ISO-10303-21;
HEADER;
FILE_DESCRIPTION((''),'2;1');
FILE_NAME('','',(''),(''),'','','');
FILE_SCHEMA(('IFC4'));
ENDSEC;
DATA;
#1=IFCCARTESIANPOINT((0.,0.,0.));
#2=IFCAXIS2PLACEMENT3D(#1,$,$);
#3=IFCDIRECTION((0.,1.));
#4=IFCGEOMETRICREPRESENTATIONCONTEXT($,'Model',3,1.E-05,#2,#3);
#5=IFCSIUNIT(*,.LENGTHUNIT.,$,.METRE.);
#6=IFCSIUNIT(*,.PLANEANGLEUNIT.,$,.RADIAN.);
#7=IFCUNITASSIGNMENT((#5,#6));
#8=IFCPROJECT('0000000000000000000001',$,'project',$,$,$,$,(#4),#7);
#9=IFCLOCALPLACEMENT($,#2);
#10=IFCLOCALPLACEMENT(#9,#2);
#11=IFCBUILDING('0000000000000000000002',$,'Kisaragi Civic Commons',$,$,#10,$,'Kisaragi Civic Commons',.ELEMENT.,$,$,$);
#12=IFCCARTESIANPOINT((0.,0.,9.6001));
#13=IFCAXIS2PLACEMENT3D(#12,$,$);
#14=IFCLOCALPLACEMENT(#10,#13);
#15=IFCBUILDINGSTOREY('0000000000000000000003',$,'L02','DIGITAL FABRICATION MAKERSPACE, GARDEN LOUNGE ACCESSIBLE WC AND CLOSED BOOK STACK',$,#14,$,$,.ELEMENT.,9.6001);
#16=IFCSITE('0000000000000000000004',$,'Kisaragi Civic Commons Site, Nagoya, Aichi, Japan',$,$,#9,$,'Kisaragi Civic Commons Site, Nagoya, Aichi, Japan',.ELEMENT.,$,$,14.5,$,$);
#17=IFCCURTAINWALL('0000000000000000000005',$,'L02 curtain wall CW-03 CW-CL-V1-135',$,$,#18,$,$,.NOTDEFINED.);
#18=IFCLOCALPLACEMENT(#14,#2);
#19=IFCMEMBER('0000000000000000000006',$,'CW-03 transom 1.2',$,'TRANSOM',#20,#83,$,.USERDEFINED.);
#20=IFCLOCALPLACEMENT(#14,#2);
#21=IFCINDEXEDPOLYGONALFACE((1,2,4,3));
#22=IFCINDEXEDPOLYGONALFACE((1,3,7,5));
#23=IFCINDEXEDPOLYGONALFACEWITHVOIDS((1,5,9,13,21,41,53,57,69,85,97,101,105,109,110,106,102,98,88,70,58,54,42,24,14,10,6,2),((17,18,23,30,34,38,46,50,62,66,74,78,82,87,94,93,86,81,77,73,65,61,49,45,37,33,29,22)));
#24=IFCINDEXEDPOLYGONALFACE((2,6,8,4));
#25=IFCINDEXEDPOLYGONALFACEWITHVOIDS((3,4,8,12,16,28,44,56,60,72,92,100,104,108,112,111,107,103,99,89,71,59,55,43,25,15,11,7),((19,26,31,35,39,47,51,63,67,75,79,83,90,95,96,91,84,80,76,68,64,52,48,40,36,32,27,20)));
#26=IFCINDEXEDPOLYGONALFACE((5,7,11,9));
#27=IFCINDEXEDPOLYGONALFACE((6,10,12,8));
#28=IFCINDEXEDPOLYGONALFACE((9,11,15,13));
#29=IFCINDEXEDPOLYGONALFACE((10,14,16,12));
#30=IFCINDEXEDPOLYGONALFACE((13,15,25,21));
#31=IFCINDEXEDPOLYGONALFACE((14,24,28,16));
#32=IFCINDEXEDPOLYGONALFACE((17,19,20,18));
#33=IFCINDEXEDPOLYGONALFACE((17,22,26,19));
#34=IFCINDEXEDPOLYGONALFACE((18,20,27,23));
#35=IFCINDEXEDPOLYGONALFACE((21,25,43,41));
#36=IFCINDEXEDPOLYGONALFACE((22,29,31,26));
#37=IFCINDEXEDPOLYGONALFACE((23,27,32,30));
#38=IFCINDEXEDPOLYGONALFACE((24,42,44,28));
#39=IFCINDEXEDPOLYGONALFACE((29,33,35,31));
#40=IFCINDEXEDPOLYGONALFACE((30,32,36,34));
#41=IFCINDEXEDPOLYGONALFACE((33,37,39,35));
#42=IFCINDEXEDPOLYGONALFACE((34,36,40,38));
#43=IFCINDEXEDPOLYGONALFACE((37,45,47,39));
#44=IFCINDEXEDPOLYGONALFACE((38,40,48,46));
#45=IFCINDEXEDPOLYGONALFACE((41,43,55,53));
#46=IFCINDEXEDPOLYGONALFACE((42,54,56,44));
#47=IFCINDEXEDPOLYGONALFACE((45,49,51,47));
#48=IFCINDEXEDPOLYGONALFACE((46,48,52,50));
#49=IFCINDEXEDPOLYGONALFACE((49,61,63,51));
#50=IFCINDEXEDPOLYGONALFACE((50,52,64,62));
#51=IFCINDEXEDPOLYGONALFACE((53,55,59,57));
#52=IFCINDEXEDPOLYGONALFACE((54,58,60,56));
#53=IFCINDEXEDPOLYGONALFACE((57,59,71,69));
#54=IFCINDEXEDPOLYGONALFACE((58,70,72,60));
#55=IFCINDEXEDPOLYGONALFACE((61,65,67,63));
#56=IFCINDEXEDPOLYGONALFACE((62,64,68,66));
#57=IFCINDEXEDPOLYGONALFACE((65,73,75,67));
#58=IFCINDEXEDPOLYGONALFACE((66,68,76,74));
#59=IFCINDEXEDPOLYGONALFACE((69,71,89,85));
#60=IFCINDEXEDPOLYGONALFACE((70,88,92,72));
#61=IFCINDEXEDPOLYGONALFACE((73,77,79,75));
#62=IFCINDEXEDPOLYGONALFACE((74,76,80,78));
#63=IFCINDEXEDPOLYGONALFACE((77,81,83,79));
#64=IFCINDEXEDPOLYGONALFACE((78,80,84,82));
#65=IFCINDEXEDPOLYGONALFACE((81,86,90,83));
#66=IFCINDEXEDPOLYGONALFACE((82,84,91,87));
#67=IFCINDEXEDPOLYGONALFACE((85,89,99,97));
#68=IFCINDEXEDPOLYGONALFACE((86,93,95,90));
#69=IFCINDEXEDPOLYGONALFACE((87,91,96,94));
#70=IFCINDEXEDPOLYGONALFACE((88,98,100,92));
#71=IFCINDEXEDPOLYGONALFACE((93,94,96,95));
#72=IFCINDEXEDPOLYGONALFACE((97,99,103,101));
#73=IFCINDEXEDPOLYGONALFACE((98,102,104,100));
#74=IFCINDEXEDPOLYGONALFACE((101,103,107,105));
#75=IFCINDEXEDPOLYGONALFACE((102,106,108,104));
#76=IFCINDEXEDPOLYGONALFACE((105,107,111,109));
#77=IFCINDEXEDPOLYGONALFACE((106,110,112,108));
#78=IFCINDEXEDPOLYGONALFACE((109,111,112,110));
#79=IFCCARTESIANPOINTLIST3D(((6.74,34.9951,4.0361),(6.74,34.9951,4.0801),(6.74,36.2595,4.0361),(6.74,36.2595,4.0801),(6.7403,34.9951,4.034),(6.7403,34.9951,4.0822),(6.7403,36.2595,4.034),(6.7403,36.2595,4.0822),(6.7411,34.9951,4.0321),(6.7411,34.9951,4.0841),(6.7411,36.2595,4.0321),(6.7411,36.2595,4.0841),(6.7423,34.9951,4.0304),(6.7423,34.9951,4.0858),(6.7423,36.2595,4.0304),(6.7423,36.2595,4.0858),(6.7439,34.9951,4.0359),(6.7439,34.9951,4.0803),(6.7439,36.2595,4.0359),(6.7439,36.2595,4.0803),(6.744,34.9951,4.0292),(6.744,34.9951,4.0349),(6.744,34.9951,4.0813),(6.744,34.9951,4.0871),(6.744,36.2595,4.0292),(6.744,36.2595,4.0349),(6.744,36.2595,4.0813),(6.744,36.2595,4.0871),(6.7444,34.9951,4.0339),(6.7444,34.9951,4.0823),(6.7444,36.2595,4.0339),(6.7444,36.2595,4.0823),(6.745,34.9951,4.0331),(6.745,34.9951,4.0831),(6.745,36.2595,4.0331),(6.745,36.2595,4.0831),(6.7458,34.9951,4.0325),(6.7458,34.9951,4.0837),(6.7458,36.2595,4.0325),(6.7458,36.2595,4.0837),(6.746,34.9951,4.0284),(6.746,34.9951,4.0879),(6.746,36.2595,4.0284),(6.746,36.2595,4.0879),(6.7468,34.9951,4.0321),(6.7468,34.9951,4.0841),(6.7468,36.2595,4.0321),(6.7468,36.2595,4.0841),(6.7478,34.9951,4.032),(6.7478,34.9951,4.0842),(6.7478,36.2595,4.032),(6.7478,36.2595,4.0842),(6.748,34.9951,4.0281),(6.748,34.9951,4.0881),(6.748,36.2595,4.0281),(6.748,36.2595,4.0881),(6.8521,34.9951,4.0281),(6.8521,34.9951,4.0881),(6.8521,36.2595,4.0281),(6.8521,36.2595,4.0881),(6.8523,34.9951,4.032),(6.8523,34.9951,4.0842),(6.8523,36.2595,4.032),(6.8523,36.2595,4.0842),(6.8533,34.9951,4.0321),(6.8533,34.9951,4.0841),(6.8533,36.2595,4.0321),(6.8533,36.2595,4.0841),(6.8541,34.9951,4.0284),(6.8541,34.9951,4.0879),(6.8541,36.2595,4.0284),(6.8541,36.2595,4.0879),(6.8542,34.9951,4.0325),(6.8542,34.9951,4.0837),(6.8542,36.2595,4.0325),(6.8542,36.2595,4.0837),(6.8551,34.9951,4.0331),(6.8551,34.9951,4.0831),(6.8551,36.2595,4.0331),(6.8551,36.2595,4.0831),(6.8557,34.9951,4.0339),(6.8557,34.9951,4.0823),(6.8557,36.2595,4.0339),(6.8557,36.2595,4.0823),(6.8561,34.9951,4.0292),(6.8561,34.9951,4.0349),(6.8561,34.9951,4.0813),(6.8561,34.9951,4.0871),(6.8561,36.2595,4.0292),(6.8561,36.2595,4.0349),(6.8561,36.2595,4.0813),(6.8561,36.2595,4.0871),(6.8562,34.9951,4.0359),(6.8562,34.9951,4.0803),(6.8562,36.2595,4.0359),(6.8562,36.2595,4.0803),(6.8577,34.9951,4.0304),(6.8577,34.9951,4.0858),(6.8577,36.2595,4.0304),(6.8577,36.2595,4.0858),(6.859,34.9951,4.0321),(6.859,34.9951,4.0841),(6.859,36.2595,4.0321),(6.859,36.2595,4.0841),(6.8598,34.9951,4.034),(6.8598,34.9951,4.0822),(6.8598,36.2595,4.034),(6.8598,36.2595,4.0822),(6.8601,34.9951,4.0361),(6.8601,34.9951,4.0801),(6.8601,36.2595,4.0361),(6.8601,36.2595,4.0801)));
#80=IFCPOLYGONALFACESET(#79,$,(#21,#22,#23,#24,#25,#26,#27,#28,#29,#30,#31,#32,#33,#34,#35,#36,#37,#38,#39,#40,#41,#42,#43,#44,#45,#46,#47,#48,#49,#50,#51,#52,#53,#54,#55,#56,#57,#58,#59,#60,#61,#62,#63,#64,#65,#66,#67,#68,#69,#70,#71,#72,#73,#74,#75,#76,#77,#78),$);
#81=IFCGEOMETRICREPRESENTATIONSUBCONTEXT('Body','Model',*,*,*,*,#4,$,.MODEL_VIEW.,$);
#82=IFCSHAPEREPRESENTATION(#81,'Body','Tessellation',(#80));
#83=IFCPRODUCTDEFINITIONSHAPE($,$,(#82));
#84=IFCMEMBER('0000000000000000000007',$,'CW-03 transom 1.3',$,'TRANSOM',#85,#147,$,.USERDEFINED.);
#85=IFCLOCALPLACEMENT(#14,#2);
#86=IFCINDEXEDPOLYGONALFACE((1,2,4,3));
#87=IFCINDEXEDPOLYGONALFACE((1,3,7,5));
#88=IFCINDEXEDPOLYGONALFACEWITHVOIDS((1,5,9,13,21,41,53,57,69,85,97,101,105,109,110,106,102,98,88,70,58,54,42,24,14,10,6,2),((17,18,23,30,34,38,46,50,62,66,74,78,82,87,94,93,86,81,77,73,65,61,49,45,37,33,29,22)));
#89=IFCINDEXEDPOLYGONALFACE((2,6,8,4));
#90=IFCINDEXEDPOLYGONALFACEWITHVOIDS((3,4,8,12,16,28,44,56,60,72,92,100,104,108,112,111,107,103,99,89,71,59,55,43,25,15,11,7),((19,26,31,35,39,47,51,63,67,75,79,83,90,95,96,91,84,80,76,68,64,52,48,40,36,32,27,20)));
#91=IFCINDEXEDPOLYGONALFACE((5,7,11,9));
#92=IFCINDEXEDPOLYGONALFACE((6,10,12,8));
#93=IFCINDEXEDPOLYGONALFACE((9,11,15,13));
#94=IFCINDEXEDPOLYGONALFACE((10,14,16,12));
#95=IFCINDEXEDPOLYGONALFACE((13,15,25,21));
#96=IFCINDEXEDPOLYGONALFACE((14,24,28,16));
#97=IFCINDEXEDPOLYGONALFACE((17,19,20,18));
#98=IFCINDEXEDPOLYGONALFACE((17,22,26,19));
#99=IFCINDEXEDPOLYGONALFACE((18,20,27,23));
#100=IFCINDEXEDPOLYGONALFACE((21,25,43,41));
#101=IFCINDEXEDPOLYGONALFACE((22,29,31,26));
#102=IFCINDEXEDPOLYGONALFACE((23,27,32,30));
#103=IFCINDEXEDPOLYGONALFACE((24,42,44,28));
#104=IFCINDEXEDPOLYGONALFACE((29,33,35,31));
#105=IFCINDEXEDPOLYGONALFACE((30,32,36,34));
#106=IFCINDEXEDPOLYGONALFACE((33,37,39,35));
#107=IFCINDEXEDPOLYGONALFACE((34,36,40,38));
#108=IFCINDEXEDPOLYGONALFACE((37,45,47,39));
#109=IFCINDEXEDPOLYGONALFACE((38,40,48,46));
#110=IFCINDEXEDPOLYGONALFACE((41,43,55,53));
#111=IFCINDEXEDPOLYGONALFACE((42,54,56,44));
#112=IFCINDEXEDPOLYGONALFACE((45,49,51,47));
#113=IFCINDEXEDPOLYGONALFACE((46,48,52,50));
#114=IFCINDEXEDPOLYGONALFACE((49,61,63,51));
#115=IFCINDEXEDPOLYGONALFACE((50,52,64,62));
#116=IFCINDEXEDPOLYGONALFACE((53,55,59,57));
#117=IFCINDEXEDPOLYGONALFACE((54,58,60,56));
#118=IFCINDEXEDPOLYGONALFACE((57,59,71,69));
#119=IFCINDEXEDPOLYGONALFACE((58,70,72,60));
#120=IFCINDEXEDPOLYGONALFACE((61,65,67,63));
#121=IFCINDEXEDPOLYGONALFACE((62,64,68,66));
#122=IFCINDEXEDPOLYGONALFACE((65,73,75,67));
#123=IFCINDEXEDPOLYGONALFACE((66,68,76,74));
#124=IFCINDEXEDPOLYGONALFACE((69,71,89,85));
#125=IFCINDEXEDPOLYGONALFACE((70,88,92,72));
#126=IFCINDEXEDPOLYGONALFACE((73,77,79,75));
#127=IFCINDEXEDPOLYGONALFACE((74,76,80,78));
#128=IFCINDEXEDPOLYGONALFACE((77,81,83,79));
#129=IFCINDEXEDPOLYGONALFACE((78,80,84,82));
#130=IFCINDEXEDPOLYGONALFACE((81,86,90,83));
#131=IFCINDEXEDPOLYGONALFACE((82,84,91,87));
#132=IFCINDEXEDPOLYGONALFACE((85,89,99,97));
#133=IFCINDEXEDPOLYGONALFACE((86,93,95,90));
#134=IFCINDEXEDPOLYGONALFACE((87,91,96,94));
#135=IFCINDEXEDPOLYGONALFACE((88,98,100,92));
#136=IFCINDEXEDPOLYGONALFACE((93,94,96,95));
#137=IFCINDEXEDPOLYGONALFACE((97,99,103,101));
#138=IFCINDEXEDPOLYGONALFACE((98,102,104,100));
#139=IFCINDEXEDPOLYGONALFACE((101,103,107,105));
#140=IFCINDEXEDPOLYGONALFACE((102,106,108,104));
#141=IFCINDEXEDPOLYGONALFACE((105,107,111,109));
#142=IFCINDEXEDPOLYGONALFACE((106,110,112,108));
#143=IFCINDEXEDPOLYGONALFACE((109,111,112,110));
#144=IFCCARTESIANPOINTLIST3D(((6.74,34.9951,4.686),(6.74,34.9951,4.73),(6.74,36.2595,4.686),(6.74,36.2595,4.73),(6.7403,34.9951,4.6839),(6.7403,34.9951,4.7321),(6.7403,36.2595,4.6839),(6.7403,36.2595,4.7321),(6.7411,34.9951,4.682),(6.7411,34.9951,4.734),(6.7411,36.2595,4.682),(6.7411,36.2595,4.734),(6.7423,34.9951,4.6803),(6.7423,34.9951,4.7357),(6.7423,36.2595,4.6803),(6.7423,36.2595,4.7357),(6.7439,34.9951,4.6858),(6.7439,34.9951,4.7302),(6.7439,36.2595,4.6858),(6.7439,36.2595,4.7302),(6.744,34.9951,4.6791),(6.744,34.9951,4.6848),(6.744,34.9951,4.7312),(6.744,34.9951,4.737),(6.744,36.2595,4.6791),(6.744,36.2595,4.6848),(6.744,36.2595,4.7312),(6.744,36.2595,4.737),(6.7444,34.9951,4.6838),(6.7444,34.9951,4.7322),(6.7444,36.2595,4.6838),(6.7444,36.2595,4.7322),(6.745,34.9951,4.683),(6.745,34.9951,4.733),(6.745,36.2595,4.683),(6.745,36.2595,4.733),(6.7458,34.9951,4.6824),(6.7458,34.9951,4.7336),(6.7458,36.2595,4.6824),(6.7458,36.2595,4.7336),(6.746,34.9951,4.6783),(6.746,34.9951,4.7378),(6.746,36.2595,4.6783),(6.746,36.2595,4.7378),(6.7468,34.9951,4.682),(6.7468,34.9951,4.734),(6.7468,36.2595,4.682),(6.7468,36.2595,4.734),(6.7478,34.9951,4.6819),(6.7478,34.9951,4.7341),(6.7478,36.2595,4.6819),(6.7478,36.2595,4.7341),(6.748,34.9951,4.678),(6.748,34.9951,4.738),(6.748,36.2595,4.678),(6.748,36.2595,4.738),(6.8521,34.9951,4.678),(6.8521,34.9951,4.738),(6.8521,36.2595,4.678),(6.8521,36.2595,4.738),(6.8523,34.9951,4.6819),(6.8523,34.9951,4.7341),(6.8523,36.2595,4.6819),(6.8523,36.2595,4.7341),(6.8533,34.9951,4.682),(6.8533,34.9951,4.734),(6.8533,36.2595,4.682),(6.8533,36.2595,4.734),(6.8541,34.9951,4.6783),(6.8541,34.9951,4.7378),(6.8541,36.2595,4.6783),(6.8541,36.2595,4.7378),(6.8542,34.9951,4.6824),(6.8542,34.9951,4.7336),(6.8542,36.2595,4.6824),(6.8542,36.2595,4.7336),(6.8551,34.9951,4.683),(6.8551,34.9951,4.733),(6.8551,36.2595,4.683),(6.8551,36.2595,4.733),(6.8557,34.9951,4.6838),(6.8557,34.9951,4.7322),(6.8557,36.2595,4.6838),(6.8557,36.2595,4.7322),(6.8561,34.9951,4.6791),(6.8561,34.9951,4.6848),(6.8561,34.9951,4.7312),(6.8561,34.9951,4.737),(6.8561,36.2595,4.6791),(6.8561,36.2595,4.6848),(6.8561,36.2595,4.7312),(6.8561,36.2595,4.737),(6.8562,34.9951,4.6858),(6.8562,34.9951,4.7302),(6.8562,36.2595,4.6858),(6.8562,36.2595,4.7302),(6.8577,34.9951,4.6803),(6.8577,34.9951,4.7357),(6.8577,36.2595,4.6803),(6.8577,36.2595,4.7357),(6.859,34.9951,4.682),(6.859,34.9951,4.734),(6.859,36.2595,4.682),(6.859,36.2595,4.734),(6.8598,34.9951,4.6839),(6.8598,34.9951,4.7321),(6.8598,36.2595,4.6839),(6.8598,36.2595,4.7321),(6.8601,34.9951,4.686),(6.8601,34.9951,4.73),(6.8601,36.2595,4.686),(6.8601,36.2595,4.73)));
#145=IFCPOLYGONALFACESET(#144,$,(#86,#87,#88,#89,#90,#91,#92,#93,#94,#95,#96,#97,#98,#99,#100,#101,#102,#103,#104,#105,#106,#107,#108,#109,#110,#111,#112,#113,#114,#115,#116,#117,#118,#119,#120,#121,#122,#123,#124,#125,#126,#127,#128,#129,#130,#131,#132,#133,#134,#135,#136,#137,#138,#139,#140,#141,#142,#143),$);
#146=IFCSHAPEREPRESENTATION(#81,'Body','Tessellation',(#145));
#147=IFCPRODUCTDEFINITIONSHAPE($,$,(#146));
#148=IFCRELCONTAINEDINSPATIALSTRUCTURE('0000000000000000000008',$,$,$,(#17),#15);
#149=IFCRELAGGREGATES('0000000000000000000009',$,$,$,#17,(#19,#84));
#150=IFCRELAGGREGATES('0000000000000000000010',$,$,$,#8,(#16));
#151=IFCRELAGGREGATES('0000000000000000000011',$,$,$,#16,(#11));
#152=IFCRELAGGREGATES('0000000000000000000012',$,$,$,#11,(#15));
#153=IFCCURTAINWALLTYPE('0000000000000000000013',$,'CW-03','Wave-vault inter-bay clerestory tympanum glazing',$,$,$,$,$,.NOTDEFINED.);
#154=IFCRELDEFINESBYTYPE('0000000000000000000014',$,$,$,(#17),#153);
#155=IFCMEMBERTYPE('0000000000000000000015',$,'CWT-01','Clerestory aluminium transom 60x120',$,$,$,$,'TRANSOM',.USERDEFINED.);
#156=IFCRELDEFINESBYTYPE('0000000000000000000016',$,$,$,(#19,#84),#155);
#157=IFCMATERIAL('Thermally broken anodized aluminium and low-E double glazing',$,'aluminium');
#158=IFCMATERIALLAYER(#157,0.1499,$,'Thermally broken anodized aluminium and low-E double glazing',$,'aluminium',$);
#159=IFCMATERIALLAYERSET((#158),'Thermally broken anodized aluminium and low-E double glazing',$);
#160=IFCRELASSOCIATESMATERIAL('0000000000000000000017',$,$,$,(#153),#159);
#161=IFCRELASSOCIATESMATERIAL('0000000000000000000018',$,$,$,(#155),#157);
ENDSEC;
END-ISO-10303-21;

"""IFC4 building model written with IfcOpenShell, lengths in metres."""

from ifc_helpers import new_model, si_unit, direction, frame, origin, origin_2d, place, context, subcontext, project, spatial, hollow_rectangle, extrude, material, layer, layer_set, material_profile, profile_set, type_object, element, aggregate, save


model = new_model("IFC4")

# Units and contexts
model_context = context("Model", 3, precision=1e-05, world=origin(), true_north=direction((0.0, 1.0)))
body_context = subcontext(model_context, "Body", "Model", "MODEL_VIEW")
ifc_project = project(units=[si_unit("LENGTHUNIT", "METRE"), si_unit("PLANEANGLEUNIT", "RADIAN")], contexts=[model_context])

# Site, building, storey
site_placement = place(None, origin())
site = spatial("IfcSite", under=ifc_project, at=site_placement, Name="Kisaragi Civic Commons Site, Nagoya, Aichi, Japan", LongName="Kisaragi Civic Commons Site, Nagoya, Aichi, Japan", CompositionType="ELEMENT", RefElevation=14.5)
building_placement = place(site_placement, origin())
building = spatial("IfcBuilding", under=site, at=building_placement, Name="Kisaragi Civic Commons", LongName="Kisaragi Civic Commons", CompositionType="ELEMENT")
storey_placement = place(building_placement, frame((0.0, 0.0, 9.6001)))
storey = spatial("IfcBuildingStorey", under=building, at=storey_placement, Name="L02", Description="DIGITAL FABRICATION MAKERSPACE, GARDEN LOUNGE ACCESSIBLE WC AND CLOSED BOOK STACK", CompositionType="ELEMENT", Elevation=9.6001)

# Shared definitions
ifc_material_1 = material(Name="Thermally broken anodized aluminium and low-E double glazing", Category="aluminium")
ifc_layer_1 = layer(ifc_material_1, 0.1499, Name="Thermally broken anodized aluminium and low-E double glazing", Category="aluminium")
ifc_layer_set_1 = layer_set([ifc_layer_1], Name="Thermally broken anodized aluminium and low-E double glazing")
curtain_wall_type = type_object("IfcCurtainWallType", Name="CW-03", Description="Wave-vault inter-bay clerestory tympanum glazing", PredefinedType="NOTDEFINED", material=ifc_layer_set_1)

# Curtain wall
curtain_wall_1_placement = place(storey_placement, origin())
curtain_wall_1 = element("IfcCurtainWall", 1, at=curtain_wall_1_placement, inside=storey, type_object=curtain_wall_type, Name="L02 curtain wall CW-03 CW-CL-V1-135", PredefinedType="NOTDEFINED")

# Members
ifc_material_profile_1 = material_profile(ifc_material_1, hollow_rectangle(XDim=0.1201, YDim=0.0601, WallThickness=0.0039, InnerFilletRadius=0.0039, OuterFilletRadius=0.0081, at=origin_2d()), Name="CWT-60x120x4", Category="aluminium")
ifc_profile_set_1 = profile_set([ifc_material_profile_1], Name="Thermally broken anodized aluminium and low-E double glazing")
member_type_1 = type_object("IfcMemberType", Name="CWT-01", Description="Clerestory aluminium transom 60x120", ElementType="TRANSOM", PredefinedType="USERDEFINED", material=ifc_profile_set_1)
member_1_placement = place(storey_placement, frame((6.8, 34.9951, 4.0581), z_axis=(0.0, 1.0, 0.0), x_axis=(-1.0, 0.0, 0.0)))
member_1 = element("IfcMember", 2, at=member_1_placement, type_object=member_type_1, Name="CW-03 transom 1.2", ObjectType="TRANSOM", PredefinedType="USERDEFINED", context=body_context, shape_type="SweptSolid", body=[
    extrude(hollow_rectangle(XDim=0.1201, YDim=0.0601, WallThickness=0.0039, InnerFilletRadius=0.0039, OuterFilletRadius=0.0081, at=origin_2d()), origin(), (0.0, 0.0, 1.0), 1.2644),
])
member_2_placement = place(storey_placement, frame((6.8, 34.9951, 4.708), z_axis=(0.0, 1.0, 0.0), x_axis=(-1.0, 0.0, 0.0)))
member_2 = element("IfcMember", 3, at=member_2_placement, type_object=member_type_1, Name="CW-03 transom 1.3", ObjectType="TRANSOM", PredefinedType="USERDEFINED", context=body_context, shape_type="SweptSolid", body=[
    extrude(hollow_rectangle(XDim=0.1201, YDim=0.0601, WallThickness=0.0039, InnerFilletRadius=0.0039, OuterFilletRadius=0.0081, at=origin_2d()), origin(), (0.0, 0.0, 1.0), 1.2644),
])

aggregate(curtain_wall_1, [member_1, member_2])

save(model, "model.ifc")
